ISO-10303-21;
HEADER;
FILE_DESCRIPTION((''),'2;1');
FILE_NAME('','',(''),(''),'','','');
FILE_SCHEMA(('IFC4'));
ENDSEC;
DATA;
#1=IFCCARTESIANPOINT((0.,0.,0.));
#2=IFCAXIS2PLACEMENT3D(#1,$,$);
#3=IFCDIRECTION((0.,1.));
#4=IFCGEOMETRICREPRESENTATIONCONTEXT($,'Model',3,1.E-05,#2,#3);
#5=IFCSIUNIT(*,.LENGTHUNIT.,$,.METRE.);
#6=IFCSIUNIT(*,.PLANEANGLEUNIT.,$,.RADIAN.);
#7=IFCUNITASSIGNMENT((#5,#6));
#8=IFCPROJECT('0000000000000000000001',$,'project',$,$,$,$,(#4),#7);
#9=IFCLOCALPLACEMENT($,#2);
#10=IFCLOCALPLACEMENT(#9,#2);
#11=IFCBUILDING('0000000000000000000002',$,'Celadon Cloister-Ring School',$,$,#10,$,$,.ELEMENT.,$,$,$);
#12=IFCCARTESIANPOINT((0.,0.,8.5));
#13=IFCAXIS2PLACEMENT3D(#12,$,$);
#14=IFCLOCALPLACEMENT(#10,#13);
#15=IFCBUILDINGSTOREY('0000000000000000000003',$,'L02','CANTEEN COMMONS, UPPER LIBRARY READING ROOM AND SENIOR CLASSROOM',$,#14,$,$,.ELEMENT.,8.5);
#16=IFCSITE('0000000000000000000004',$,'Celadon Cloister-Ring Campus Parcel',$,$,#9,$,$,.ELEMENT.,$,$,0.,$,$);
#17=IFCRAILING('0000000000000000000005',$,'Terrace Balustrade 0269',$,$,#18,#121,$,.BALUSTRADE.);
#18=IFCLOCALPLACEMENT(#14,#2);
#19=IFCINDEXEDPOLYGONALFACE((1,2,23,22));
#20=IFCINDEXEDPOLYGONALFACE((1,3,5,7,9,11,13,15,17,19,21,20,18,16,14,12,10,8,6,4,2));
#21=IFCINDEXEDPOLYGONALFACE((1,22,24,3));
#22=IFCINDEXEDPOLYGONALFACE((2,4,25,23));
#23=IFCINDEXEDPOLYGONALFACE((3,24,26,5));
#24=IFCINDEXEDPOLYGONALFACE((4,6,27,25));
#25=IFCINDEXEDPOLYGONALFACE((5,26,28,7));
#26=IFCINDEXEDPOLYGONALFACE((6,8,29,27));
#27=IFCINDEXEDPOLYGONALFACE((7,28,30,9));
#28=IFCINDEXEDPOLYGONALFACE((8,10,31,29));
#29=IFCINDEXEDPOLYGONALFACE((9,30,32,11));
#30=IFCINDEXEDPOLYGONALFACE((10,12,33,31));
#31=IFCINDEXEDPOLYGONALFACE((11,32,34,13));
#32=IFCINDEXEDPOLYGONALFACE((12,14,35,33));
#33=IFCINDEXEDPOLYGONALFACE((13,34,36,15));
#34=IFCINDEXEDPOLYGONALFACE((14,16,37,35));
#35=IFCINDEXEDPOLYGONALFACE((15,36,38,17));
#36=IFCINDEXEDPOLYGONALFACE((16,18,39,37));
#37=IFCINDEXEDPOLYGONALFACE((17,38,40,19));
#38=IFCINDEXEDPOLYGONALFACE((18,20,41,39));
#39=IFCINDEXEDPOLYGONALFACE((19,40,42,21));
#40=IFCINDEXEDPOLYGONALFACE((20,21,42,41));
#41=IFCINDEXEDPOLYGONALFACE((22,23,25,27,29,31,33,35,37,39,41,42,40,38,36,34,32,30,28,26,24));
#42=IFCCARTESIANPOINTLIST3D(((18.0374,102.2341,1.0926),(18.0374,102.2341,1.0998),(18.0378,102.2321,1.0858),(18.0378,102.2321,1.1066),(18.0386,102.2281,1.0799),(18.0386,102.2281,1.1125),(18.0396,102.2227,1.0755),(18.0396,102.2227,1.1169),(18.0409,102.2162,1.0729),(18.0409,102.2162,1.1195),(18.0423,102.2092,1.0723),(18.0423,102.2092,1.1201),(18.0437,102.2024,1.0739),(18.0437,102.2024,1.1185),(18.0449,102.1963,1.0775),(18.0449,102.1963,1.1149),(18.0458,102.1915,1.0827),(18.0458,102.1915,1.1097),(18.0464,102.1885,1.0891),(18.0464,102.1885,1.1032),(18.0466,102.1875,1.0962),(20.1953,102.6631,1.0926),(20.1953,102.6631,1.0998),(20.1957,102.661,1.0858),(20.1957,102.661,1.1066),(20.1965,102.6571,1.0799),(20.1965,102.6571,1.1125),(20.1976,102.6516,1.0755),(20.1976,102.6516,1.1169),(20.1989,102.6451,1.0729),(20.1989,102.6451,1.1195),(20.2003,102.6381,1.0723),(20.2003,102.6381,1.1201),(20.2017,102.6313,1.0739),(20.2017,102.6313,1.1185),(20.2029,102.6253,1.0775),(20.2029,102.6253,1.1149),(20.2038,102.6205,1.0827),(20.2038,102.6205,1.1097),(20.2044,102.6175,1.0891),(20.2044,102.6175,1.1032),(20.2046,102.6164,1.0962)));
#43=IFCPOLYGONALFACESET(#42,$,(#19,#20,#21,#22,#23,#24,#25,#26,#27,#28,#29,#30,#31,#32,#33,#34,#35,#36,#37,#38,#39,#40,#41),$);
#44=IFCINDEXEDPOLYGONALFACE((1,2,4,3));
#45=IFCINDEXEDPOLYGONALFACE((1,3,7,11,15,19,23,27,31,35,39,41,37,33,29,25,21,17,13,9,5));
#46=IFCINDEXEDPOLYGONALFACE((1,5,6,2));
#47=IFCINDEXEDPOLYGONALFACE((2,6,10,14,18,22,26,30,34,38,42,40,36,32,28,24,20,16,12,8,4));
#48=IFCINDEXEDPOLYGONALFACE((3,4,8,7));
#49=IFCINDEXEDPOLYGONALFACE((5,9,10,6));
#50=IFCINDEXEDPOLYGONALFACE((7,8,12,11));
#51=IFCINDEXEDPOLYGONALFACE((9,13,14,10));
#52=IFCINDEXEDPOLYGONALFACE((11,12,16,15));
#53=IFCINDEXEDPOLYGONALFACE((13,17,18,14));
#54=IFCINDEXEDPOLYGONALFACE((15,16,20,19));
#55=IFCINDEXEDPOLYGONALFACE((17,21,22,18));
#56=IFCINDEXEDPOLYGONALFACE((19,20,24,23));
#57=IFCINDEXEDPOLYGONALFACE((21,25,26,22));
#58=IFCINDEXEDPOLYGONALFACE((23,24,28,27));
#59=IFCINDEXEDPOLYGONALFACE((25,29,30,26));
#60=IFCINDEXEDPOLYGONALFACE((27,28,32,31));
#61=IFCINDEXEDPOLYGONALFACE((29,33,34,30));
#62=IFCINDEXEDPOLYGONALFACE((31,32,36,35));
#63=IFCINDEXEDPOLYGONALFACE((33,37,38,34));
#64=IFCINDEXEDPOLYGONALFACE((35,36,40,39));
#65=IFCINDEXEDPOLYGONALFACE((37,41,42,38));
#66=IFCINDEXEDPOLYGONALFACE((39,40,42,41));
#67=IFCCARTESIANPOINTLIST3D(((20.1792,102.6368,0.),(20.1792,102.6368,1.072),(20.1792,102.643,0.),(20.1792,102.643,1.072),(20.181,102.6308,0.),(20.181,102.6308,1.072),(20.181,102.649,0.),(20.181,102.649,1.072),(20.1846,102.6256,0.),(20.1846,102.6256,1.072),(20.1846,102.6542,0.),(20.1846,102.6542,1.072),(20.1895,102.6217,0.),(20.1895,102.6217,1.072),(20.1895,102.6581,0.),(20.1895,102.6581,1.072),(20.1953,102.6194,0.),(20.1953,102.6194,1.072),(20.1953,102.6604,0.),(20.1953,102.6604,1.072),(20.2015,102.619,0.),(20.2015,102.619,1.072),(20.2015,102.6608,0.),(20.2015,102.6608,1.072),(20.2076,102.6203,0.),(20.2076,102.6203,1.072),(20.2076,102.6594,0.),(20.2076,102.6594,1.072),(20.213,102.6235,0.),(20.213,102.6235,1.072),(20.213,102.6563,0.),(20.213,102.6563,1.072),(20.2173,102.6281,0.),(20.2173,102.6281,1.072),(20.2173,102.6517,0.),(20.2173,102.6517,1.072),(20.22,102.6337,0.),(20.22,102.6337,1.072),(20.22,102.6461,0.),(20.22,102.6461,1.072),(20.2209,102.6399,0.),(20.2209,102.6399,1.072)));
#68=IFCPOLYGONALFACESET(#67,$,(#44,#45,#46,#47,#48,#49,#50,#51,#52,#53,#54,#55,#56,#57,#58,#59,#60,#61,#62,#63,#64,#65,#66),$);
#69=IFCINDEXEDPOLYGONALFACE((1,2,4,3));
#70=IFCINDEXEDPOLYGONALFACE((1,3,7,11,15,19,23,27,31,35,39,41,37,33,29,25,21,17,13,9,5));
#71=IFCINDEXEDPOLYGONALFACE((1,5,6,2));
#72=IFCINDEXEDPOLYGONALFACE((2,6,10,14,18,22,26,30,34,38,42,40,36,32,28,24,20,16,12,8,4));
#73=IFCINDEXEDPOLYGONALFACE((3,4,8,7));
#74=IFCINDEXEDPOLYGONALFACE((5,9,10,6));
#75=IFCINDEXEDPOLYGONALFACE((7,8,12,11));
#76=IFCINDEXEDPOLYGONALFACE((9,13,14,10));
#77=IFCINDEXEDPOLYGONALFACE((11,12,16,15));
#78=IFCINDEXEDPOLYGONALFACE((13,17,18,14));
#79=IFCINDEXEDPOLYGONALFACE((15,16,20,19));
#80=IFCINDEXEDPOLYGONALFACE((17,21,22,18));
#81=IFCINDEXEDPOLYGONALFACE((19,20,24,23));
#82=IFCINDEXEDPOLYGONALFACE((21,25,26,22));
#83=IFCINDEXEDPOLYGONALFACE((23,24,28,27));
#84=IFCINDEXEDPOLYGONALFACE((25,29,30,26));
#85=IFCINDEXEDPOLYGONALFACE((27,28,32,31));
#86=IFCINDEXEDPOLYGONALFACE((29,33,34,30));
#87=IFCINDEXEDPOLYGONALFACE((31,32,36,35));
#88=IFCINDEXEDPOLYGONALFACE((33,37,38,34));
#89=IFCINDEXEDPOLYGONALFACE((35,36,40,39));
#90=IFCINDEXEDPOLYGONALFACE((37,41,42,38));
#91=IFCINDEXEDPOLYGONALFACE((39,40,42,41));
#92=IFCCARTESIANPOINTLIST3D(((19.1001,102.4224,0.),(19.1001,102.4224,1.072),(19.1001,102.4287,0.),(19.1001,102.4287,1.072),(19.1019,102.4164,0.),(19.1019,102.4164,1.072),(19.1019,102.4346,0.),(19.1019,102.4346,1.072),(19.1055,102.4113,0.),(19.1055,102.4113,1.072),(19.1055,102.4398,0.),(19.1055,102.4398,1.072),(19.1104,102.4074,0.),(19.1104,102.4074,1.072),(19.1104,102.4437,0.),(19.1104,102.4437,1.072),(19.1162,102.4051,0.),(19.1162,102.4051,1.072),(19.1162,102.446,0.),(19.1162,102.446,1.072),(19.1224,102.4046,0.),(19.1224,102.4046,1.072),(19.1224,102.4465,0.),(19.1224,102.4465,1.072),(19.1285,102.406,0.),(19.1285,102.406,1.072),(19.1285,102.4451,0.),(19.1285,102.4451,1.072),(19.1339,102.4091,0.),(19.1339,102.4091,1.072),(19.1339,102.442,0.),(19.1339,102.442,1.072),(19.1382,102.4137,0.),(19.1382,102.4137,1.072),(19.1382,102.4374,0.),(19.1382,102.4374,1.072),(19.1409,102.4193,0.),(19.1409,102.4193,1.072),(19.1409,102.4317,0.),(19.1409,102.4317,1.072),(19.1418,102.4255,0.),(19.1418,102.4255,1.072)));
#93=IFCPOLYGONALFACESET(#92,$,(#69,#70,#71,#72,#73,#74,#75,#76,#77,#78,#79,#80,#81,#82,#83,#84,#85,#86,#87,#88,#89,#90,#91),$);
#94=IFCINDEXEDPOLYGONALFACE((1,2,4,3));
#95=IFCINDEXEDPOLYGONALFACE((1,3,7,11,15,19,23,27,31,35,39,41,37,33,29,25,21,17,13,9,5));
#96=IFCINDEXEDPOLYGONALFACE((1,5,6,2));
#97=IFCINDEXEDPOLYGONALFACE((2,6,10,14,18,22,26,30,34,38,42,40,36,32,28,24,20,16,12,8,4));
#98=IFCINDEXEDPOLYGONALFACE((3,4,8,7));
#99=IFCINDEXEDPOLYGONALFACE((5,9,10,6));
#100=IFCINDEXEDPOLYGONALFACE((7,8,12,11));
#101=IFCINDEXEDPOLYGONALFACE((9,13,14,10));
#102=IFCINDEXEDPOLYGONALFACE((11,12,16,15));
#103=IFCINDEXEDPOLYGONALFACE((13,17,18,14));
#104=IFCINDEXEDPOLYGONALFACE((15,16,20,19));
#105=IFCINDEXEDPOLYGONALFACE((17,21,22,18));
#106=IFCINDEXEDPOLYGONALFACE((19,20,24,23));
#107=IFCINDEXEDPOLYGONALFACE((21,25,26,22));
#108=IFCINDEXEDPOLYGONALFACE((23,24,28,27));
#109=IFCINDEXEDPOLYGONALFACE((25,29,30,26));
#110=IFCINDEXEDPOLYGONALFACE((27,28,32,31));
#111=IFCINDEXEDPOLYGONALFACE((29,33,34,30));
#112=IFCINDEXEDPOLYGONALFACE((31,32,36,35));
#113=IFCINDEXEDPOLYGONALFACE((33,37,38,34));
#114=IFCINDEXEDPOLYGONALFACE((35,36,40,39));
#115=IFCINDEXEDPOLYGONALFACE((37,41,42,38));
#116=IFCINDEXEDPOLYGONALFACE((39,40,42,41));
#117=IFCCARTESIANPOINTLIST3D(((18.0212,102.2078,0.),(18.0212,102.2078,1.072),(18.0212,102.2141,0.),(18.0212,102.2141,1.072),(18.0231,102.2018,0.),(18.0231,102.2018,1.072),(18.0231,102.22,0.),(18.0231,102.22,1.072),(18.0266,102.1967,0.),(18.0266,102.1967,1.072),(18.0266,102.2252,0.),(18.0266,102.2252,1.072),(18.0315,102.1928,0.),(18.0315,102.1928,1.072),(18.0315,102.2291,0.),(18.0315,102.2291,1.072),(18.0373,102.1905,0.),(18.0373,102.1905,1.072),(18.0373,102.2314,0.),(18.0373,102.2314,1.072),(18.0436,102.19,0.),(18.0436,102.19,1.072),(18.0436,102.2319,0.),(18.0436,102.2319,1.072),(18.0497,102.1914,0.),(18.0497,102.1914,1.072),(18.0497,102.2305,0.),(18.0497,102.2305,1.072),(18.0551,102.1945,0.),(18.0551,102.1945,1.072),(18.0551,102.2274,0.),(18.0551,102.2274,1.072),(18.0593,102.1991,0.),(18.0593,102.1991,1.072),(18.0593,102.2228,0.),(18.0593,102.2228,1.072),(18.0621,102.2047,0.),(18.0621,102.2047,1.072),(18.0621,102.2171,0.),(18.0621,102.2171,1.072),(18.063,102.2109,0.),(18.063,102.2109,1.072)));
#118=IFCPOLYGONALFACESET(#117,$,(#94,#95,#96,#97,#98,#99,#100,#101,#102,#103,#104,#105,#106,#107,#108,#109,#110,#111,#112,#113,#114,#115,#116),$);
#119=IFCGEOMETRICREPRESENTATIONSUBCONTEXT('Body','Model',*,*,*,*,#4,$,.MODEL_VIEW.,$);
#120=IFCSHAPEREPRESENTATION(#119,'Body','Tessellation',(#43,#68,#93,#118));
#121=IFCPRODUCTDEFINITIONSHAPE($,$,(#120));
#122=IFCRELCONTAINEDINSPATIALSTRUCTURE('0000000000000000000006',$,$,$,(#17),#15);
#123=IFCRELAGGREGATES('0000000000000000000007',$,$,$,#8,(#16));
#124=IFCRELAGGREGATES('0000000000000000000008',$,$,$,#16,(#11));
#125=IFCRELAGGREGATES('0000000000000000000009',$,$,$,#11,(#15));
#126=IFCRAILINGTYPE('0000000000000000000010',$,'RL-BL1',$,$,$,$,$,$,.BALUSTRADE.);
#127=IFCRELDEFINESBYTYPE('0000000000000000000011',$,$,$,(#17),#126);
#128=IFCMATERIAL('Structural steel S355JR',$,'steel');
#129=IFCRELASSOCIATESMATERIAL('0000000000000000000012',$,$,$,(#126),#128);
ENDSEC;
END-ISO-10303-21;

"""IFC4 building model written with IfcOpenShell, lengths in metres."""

from ifc_helpers import new_model, si_unit, direction, frame, origin, origin_2d, place, context, subcontext, project, spatial, circle, extrude, material, type_object, element, save


model = new_model("IFC4")

# Units and contexts
model_context = context("Model", 3, precision=1e-05, world=origin(), true_north=direction((0.0, 1.0)))
body_context = subcontext(model_context, "Body", "Model", "MODEL_VIEW")
ifc_project = project(units=[si_unit("LENGTHUNIT", "METRE"), si_unit("PLANEANGLEUNIT", "RADIAN")], contexts=[model_context])

# Site, building, storey
site_placement = place(None, origin())
site = spatial("IfcSite", under=ifc_project, at=site_placement, Name="Celadon Cloister-Ring Campus Parcel", CompositionType="ELEMENT", RefElevation=0.0)
building_placement = place(site_placement, origin())
building = spatial("IfcBuilding", under=site, at=building_placement, Name="Celadon Cloister-Ring School", CompositionType="ELEMENT")
storey_placement = place(building_placement, frame((0.0, 0.0, 8.5)))
storey = spatial("IfcBuildingStorey", under=building, at=storey_placement, Name="L02", Description="CANTEEN COMMONS, UPPER LIBRARY READING ROOM AND SENIOR CLASSROOM", CompositionType="ELEMENT", Elevation=8.5)

# Railing
ifc_material_1 = material(Name="Structural steel S355JR", Category="steel")
railing_type = type_object("IfcRailingType", Name="RL-BL1", PredefinedType="BALUSTRADE", material=ifc_material_1)
railing_1_placement = place(storey_placement, frame((20.2, 102.6399, 0.0)))
element("IfcRailing", 1, at=railing_1_placement, inside=storey, type_object=railing_type, Name="Terrace Balustrade 0269", PredefinedType="BALUSTRADE", context=body_context, shape_type="SweptSolid", body=[
    extrude(circle(Radius=0.0239, at=origin_2d()), frame((0.0, 0.0, 1.0962), z_axis=(-0.98081, -0.194964, 0.0), x_axis=(0.194964, -0.98081, 0.0)), (0.0, 0.0, 1.0), 2.2002),
    extrude(circle(Radius=0.021, at=origin_2d()), origin(), (0.0, 0.0, 1.0), 1.072),
    extrude(circle(Radius=0.021, at=origin_2d()), frame((-1.0791, -0.2144, 0.0)), (0.0, 0.0, 1.0), 1.072),
    extrude(circle(Radius=0.021, at=origin_2d()), frame((-2.158, -0.429, 0.0)), (0.0, 0.0, 1.0), 1.072),
])

save(model, "model.ifc")
